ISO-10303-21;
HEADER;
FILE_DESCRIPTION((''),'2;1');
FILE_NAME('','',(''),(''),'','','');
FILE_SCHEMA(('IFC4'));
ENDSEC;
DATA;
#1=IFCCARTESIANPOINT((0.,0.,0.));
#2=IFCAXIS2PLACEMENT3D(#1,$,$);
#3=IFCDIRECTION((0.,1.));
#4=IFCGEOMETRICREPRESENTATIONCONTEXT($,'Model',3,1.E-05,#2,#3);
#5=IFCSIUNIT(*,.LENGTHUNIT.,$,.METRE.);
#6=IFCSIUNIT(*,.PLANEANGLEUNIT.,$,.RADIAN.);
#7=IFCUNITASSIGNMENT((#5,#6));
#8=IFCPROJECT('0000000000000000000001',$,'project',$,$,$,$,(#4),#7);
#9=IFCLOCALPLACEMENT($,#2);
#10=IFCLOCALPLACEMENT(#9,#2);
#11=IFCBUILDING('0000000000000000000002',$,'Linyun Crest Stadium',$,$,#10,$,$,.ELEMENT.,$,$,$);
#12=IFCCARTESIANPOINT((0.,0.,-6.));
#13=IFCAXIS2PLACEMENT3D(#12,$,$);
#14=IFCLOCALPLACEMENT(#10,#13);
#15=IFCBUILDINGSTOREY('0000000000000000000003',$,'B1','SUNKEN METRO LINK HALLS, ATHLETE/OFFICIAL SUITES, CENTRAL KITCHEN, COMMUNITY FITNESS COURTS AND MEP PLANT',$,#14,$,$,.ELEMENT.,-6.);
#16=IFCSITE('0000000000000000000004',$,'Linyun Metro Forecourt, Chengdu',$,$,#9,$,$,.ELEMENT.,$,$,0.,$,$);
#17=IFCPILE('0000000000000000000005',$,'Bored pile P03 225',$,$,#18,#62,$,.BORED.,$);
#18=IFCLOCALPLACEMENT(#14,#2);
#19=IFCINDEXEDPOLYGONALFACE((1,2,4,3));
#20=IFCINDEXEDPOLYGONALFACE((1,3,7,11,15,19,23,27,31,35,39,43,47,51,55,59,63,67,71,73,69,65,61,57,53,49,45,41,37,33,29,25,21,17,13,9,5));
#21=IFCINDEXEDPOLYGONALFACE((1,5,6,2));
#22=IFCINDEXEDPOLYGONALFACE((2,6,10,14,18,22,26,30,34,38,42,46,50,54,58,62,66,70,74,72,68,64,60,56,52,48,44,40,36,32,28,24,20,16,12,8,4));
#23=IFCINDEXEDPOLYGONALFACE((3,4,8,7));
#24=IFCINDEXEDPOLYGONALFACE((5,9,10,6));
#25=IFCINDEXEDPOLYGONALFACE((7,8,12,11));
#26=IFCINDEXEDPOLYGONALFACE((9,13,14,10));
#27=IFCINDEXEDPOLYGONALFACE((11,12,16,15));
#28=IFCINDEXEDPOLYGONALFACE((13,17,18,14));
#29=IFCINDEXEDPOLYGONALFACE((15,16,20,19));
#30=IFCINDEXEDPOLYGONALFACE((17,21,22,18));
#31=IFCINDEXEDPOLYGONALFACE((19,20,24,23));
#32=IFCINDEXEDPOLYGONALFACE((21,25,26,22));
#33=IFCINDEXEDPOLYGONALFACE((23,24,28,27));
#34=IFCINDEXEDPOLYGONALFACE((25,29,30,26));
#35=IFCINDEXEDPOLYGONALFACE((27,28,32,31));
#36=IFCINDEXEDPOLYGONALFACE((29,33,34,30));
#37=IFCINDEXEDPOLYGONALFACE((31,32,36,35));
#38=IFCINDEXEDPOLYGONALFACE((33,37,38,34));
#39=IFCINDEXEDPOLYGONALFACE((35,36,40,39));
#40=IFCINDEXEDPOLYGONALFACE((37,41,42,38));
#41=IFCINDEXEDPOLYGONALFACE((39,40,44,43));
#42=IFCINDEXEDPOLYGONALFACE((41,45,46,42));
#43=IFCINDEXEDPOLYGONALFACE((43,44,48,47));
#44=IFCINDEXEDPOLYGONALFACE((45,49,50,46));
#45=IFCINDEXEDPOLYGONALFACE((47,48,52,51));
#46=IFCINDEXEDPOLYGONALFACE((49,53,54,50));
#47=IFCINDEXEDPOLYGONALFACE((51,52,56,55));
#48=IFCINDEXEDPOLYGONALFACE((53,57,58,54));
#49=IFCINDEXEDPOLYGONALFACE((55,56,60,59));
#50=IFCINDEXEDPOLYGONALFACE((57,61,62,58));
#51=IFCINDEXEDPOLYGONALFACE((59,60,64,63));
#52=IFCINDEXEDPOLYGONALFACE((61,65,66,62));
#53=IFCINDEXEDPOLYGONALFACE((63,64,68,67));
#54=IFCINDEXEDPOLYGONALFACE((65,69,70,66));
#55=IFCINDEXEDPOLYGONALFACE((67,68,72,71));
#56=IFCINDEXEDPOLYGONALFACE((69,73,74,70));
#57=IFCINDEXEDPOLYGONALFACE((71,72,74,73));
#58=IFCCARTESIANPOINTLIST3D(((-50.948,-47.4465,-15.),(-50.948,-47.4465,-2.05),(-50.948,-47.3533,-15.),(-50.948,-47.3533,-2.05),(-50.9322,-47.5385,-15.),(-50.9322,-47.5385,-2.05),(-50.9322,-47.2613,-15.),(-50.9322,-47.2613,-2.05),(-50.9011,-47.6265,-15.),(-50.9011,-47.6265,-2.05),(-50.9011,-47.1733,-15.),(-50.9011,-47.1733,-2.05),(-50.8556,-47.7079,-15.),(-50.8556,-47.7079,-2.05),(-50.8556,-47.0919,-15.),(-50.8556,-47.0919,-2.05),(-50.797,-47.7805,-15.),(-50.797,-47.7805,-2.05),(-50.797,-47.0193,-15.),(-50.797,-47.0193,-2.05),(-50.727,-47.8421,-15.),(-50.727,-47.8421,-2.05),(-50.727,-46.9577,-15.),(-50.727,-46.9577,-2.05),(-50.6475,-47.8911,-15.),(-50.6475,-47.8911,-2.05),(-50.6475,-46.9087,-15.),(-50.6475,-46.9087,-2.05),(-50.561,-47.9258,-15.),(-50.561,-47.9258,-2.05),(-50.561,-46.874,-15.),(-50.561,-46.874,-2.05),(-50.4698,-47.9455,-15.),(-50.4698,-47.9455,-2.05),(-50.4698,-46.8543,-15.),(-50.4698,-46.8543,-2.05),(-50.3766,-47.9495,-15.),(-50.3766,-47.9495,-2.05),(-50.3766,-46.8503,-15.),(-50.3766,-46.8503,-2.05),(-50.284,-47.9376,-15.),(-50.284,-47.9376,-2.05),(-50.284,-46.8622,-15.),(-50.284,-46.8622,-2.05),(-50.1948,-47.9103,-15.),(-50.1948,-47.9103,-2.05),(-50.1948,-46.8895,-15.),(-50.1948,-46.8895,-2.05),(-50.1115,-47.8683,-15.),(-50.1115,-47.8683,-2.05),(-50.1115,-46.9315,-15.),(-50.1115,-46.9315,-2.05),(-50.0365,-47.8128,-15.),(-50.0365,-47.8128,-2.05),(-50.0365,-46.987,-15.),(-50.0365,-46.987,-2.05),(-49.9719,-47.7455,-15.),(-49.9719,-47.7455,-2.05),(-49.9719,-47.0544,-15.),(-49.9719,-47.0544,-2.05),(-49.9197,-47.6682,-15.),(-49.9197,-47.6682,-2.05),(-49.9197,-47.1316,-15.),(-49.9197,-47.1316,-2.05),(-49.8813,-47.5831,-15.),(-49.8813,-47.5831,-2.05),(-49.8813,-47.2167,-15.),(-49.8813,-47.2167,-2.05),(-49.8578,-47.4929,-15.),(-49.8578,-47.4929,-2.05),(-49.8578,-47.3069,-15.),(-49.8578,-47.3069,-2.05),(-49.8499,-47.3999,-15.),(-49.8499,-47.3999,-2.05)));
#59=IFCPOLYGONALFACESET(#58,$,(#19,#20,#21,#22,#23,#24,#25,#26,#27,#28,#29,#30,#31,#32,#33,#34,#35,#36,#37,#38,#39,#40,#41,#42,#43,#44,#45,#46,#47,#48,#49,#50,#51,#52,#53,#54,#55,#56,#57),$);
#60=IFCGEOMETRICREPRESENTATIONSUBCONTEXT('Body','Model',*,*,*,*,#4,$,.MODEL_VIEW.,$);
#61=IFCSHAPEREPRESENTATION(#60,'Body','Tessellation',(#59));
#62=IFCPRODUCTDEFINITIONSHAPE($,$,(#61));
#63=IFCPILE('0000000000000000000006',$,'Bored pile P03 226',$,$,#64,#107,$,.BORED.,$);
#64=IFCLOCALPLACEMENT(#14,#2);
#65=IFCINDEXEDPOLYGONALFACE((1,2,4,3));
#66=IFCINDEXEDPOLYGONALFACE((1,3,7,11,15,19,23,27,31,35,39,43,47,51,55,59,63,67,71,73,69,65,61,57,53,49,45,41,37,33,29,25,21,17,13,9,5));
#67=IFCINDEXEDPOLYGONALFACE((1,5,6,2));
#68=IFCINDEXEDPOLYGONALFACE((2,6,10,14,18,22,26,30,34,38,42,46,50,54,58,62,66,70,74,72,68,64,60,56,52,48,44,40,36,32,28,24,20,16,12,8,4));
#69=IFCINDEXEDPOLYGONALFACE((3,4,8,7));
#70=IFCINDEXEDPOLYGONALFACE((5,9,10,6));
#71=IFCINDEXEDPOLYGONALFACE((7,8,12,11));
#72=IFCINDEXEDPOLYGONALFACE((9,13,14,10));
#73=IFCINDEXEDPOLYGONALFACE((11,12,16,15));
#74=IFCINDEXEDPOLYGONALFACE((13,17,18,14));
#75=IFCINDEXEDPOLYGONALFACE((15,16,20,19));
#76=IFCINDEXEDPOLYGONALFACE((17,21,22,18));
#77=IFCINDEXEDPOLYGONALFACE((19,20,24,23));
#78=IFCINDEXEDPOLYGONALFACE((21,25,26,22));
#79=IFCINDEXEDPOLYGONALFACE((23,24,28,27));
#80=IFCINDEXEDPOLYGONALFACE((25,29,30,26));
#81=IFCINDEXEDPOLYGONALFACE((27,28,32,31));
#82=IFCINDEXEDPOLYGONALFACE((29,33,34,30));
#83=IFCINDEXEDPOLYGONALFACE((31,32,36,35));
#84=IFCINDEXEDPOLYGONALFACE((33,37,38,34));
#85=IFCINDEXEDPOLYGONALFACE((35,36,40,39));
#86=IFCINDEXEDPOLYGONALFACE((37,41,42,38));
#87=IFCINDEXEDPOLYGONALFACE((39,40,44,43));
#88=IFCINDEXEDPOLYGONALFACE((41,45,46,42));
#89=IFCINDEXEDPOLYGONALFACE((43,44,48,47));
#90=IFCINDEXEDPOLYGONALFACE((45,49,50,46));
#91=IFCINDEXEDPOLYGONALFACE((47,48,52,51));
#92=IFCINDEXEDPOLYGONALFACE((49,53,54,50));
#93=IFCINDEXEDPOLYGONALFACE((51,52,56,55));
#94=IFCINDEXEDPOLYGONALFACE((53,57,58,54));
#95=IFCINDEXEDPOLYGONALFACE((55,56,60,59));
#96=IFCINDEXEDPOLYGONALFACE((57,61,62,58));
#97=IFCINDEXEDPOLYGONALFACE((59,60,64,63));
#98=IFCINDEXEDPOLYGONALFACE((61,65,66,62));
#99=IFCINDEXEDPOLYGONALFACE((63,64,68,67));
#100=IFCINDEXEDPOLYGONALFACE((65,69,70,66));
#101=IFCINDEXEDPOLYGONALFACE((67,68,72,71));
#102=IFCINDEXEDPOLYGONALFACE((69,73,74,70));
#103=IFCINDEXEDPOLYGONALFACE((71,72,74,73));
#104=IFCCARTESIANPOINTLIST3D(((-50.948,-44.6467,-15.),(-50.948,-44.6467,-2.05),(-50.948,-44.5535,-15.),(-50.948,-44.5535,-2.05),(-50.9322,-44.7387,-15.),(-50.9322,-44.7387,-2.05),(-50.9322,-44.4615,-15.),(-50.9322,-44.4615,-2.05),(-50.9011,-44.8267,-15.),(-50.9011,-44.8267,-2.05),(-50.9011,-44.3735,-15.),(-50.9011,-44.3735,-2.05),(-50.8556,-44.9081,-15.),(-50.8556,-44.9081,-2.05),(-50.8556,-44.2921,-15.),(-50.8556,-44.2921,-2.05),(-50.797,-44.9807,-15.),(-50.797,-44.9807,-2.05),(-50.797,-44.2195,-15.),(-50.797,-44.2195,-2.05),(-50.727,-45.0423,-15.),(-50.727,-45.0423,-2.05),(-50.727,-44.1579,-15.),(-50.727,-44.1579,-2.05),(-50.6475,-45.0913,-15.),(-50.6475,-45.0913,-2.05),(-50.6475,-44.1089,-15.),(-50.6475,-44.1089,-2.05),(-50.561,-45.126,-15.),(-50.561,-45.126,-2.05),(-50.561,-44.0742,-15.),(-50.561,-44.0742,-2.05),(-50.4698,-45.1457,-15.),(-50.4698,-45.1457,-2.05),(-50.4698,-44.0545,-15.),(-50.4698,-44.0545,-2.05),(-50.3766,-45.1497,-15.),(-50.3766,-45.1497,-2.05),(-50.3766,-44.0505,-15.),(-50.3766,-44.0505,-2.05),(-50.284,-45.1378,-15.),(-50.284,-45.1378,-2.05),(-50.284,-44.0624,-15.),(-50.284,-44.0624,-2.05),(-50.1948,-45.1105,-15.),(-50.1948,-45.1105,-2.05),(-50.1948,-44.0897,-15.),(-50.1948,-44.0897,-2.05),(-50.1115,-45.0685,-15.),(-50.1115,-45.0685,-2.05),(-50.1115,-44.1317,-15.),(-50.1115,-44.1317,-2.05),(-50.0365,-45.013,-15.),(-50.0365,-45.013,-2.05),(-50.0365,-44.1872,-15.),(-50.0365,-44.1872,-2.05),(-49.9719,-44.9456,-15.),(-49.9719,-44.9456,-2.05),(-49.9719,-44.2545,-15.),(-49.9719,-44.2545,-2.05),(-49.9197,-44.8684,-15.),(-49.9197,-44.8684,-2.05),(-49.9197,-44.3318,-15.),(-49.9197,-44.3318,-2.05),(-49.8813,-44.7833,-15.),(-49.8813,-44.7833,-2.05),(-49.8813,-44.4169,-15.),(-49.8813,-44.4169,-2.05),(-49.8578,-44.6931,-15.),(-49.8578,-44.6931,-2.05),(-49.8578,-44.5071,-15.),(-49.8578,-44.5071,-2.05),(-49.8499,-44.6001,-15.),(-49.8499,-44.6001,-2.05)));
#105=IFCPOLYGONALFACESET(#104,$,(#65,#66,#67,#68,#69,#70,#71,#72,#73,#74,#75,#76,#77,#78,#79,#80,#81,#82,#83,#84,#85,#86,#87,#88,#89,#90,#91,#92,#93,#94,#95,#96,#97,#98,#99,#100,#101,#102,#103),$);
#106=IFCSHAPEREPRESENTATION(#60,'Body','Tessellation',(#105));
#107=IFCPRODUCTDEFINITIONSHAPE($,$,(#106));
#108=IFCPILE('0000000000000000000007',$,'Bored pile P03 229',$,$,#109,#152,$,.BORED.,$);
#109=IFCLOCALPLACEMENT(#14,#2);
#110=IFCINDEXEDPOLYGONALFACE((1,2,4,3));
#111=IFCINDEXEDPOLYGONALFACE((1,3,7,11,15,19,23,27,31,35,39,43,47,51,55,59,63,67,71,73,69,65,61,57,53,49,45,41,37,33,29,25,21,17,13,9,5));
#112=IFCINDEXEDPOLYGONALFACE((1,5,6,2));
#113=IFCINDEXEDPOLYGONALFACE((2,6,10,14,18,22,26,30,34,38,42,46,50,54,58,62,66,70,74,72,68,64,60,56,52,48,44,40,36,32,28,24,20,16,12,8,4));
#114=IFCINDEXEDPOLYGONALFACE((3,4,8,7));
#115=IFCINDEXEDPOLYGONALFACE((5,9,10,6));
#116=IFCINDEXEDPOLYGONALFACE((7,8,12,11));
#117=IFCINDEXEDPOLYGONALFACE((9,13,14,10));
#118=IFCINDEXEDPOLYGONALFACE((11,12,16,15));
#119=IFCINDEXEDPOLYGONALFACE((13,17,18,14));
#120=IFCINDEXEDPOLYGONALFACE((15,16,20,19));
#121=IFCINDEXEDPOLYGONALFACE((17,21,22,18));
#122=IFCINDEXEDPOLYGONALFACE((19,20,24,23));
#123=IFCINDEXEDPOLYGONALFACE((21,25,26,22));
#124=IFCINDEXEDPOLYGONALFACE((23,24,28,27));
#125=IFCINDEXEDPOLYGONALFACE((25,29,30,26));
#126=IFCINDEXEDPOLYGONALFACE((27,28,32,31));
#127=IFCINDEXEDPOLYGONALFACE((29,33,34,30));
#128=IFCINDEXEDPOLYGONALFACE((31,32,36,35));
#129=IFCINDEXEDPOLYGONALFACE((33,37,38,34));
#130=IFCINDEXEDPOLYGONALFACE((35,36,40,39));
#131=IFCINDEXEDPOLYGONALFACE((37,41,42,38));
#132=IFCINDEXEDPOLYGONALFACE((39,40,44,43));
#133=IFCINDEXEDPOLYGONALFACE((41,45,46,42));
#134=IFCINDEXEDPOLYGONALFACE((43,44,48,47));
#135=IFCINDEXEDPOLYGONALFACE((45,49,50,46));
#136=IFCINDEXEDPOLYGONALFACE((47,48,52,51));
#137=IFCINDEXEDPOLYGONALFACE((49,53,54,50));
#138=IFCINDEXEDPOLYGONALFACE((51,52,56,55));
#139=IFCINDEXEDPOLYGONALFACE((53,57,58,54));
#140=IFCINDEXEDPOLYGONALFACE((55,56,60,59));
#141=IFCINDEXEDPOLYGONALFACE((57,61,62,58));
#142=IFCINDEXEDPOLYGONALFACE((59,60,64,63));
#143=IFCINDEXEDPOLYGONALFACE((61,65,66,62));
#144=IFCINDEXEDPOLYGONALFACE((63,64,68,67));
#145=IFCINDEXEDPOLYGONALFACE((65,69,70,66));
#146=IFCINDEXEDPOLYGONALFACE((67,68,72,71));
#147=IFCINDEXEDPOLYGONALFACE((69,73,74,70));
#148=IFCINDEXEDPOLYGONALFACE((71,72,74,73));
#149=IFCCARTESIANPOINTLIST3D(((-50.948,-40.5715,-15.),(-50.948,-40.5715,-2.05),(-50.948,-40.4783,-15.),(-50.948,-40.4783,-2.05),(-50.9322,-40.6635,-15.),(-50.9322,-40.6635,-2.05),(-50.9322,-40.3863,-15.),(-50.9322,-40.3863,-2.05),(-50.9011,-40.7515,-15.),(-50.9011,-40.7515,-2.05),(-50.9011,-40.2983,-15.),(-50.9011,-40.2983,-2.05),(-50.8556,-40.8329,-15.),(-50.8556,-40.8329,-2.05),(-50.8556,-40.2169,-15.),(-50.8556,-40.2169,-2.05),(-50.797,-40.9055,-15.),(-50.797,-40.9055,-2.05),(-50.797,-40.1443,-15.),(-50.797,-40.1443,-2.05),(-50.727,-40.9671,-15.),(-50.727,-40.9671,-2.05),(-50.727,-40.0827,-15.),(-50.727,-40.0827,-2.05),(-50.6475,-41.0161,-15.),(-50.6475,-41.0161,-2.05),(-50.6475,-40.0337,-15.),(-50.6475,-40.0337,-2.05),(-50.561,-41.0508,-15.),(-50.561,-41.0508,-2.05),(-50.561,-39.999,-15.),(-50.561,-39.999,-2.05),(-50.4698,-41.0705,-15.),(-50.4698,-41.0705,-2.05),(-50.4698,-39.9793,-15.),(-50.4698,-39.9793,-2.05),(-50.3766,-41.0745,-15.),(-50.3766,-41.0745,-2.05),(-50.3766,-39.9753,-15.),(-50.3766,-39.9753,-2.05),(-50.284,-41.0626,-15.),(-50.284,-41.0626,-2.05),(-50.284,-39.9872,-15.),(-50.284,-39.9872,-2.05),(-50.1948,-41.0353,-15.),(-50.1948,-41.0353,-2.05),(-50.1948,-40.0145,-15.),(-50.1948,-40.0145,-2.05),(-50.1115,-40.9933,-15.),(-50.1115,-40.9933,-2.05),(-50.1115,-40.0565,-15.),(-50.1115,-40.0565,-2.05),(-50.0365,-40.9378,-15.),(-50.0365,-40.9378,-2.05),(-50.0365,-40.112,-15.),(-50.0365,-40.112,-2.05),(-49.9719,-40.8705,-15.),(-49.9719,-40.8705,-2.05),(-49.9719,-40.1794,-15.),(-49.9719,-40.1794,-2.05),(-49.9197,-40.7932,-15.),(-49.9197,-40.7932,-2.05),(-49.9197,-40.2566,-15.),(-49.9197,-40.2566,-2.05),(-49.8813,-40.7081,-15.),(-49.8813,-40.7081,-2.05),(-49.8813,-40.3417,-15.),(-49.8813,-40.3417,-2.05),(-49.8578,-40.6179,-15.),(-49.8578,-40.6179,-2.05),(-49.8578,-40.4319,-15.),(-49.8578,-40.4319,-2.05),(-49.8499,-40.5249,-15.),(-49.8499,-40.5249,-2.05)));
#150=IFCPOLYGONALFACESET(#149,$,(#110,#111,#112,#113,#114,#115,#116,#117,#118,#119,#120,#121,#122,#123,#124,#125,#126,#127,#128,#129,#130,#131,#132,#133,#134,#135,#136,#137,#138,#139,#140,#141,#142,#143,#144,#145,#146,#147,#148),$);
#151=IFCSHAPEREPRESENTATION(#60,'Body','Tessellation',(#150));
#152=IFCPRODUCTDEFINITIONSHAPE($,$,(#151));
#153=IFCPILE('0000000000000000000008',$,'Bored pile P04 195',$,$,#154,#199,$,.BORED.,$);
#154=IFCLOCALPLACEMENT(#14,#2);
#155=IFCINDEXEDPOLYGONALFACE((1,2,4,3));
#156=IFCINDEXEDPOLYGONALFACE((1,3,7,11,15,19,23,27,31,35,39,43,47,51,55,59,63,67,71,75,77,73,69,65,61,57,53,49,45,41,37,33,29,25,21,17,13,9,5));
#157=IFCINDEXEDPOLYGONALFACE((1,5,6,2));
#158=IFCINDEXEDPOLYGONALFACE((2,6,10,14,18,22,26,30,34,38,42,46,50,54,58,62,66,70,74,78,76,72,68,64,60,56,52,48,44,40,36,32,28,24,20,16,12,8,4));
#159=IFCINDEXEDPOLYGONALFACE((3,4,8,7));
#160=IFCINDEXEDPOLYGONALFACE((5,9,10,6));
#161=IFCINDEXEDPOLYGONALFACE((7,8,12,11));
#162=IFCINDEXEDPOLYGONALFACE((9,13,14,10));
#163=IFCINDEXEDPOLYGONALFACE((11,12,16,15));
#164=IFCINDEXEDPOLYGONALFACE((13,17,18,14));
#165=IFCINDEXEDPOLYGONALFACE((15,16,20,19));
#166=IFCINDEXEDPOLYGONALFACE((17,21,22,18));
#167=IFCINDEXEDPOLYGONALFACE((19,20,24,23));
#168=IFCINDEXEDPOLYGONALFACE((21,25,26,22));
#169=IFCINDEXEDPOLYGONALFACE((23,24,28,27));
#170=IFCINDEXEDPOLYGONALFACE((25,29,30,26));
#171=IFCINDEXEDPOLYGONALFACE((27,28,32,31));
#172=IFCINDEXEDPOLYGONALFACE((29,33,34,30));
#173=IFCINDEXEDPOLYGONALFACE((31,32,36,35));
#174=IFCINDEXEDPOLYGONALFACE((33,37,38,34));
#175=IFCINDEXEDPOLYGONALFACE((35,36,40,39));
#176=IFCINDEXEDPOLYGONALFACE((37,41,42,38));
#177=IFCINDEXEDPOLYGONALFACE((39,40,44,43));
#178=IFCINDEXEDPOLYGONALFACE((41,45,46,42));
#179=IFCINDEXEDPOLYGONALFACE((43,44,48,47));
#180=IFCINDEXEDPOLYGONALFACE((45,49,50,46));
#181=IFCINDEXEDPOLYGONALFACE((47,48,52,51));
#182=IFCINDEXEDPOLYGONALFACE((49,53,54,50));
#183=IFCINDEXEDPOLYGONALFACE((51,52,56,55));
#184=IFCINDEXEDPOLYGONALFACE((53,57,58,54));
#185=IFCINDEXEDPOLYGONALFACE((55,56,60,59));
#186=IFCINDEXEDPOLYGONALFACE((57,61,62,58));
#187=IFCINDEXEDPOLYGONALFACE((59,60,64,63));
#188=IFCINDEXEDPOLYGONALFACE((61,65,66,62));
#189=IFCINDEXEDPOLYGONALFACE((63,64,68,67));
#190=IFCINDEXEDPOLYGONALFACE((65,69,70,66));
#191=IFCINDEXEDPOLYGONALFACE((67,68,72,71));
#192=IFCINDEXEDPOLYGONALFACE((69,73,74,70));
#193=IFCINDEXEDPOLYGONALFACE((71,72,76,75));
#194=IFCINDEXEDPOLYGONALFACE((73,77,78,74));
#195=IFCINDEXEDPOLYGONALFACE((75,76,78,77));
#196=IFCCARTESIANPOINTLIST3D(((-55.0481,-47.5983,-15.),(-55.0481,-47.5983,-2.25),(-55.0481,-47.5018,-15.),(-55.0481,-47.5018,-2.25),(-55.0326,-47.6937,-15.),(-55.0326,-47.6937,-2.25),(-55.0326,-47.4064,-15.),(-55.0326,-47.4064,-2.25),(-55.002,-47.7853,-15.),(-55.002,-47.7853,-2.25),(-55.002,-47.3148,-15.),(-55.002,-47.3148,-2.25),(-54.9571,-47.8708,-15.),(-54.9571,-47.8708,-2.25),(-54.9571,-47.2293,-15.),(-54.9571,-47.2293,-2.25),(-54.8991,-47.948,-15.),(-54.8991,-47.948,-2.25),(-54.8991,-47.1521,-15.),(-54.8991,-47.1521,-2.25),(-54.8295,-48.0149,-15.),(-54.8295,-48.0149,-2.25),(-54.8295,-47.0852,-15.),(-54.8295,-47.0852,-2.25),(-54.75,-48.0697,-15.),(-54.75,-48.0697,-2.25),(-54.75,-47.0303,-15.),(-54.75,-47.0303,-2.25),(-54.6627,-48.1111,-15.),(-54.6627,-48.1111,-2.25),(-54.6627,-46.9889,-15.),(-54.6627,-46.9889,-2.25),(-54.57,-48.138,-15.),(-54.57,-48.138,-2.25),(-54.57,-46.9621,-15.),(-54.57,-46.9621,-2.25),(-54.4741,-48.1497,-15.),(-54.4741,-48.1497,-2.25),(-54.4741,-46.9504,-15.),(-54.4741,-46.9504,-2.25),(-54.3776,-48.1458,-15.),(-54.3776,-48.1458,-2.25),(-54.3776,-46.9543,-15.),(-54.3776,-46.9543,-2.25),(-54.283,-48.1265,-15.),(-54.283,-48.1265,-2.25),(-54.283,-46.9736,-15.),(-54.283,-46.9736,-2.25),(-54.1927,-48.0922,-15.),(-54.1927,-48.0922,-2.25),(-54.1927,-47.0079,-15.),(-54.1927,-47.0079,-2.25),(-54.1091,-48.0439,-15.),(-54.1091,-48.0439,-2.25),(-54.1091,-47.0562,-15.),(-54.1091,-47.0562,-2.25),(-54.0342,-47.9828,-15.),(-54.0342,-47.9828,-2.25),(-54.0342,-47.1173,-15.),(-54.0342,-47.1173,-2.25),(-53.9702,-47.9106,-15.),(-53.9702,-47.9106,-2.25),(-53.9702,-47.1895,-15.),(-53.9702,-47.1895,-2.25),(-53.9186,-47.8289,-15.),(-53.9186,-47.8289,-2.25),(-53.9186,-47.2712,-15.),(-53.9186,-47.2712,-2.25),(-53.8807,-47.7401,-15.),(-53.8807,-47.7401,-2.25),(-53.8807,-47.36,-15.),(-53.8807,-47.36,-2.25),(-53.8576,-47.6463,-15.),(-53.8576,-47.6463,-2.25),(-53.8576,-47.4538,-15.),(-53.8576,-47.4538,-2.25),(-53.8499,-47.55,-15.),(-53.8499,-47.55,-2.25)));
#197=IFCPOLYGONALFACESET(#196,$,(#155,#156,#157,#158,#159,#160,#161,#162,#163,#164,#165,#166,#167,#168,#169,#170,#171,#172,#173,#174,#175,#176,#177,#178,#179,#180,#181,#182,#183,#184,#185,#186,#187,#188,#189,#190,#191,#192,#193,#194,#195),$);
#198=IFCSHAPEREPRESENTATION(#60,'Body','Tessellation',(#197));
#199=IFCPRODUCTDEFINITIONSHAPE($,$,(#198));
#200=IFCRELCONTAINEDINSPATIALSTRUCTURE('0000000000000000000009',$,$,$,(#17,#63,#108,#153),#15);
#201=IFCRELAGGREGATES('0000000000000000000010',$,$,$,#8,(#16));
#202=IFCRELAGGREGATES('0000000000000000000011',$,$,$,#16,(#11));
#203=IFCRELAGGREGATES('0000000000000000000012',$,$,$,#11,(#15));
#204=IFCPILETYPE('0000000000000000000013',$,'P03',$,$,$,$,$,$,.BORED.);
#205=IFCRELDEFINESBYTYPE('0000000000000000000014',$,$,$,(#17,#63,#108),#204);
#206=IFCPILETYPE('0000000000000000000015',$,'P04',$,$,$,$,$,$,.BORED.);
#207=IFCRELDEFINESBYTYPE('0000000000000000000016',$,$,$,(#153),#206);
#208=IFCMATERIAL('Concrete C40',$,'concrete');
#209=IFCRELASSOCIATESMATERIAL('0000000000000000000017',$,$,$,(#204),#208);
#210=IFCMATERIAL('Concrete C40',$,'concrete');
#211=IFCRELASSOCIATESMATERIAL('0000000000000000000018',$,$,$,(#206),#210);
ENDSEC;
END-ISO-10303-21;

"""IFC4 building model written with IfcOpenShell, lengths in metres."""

from ifc_helpers import new_model, si_unit, direction, frame, origin, origin_2d, place, context, subcontext, project, spatial, circle, extrude, material, material_profile, profile_set, type_object, element, save


model = new_model("IFC4")

# Units and contexts
model_context = context("Model", 3, precision=1e-05, world=origin(), true_north=direction((0.0, 1.0)))
body_context = subcontext(model_context, "Body", "Model", "MODEL_VIEW")
ifc_project = project(units=[si_unit("LENGTHUNIT", "METRE"), si_unit("PLANEANGLEUNIT", "RADIAN")], contexts=[model_context])

# Site, building, storey
site_placement = place(None, origin())
site = spatial("IfcSite", under=ifc_project, at=site_placement, Name="Linyun Metro Forecourt, Chengdu", CompositionType="ELEMENT", RefElevation=0.0)
building_placement = place(site_placement, origin())
building = spatial("IfcBuilding", under=site, at=building_placement, Name="Linyun Crest Stadium", CompositionType="ELEMENT")
storey_placement = place(building_placement, frame((0.0, 0.0, -6.0)))
storey = spatial("IfcBuildingStorey", under=building, at=storey_placement, Name="B1", Description="SUNKEN METRO LINK HALLS, ATHLETE/OFFICIAL SUITES, CENTRAL KITCHEN, COMMUNITY FITNESS COURTS AND MEP PLANT", CompositionType="ELEMENT", Elevation=-6.0)

# Piles
ifc_material_1 = material(Name="Concrete C40", Category="concrete")
ifc_material_profile_1 = material_profile(ifc_material_1, circle(Radius=0.55, at=origin_2d()), Name="BORED PILE 1100")
ifc_profile_set_1 = profile_set([ifc_material_profile_1], Name="Concrete C40")
pile_type_1 = type_object("IfcPileType", Name="P03", PredefinedType="BORED", material=ifc_profile_set_1)
for number, where, z_axis, x_axis, name in (
    (1, (-50.3999, -47.3999, -2.05), (0.0, 0.0, -1.0), (1.0, 0.0, 0.0), "Bored pile P03 225"),
    (2, (-50.3999, -44.6001, -2.05), (0.0, 0.0, -1.0), (1.0, 0.0, 0.0), "Bored pile P03 226"),
    (3, (-50.3999, -40.5249, -2.05), (0.0, 0.0, -1.0), (1.0, 0.0, 0.0), "Bored pile P03 229"),
):
    element("IfcPile", number, at=place(storey_placement, frame(where, z_axis=z_axis, x_axis=x_axis)), inside=storey, type_object=pile_type_1, Name=name, PredefinedType="BORED", context=body_context, shape_type="SweptSolid", body=[
        extrude(circle(Radius=0.55, at=origin_2d()), origin(), (0.0, 0.0, 1.0), 12.95),
    ])
ifc_material_2 = material(Name="Concrete C40", Category="concrete")
ifc_material_profile_2 = material_profile(ifc_material_2, circle(Radius=0.6001, at=origin_2d()), Name="BORED PILE 1200")
ifc_profile_set_2 = profile_set([ifc_material_profile_2], Name="Concrete C40")
pile_type_2 = type_object("IfcPileType", Name="P04", PredefinedType="BORED", material=ifc_profile_set_2)
for number, where, z_axis, x_axis, name in (
    (4, (-54.45, -47.55, -2.25), (0.0, 0.0, -1.0), (1.0, 0.0, 0.0), "Bored pile P04 195"),
):
    element("IfcPile", number, at=place(storey_placement, frame(where, z_axis=z_axis, x_axis=x_axis)), inside=storey, type_object=pile_type_2, Name=name, PredefinedType="BORED", context=body_context, shape_type="SweptSolid", body=[
        extrude(circle(Radius=0.6001, at=origin_2d()), origin(), (0.0, 0.0, 1.0), 12.75),
    ])

save(model, "model.ifc")
